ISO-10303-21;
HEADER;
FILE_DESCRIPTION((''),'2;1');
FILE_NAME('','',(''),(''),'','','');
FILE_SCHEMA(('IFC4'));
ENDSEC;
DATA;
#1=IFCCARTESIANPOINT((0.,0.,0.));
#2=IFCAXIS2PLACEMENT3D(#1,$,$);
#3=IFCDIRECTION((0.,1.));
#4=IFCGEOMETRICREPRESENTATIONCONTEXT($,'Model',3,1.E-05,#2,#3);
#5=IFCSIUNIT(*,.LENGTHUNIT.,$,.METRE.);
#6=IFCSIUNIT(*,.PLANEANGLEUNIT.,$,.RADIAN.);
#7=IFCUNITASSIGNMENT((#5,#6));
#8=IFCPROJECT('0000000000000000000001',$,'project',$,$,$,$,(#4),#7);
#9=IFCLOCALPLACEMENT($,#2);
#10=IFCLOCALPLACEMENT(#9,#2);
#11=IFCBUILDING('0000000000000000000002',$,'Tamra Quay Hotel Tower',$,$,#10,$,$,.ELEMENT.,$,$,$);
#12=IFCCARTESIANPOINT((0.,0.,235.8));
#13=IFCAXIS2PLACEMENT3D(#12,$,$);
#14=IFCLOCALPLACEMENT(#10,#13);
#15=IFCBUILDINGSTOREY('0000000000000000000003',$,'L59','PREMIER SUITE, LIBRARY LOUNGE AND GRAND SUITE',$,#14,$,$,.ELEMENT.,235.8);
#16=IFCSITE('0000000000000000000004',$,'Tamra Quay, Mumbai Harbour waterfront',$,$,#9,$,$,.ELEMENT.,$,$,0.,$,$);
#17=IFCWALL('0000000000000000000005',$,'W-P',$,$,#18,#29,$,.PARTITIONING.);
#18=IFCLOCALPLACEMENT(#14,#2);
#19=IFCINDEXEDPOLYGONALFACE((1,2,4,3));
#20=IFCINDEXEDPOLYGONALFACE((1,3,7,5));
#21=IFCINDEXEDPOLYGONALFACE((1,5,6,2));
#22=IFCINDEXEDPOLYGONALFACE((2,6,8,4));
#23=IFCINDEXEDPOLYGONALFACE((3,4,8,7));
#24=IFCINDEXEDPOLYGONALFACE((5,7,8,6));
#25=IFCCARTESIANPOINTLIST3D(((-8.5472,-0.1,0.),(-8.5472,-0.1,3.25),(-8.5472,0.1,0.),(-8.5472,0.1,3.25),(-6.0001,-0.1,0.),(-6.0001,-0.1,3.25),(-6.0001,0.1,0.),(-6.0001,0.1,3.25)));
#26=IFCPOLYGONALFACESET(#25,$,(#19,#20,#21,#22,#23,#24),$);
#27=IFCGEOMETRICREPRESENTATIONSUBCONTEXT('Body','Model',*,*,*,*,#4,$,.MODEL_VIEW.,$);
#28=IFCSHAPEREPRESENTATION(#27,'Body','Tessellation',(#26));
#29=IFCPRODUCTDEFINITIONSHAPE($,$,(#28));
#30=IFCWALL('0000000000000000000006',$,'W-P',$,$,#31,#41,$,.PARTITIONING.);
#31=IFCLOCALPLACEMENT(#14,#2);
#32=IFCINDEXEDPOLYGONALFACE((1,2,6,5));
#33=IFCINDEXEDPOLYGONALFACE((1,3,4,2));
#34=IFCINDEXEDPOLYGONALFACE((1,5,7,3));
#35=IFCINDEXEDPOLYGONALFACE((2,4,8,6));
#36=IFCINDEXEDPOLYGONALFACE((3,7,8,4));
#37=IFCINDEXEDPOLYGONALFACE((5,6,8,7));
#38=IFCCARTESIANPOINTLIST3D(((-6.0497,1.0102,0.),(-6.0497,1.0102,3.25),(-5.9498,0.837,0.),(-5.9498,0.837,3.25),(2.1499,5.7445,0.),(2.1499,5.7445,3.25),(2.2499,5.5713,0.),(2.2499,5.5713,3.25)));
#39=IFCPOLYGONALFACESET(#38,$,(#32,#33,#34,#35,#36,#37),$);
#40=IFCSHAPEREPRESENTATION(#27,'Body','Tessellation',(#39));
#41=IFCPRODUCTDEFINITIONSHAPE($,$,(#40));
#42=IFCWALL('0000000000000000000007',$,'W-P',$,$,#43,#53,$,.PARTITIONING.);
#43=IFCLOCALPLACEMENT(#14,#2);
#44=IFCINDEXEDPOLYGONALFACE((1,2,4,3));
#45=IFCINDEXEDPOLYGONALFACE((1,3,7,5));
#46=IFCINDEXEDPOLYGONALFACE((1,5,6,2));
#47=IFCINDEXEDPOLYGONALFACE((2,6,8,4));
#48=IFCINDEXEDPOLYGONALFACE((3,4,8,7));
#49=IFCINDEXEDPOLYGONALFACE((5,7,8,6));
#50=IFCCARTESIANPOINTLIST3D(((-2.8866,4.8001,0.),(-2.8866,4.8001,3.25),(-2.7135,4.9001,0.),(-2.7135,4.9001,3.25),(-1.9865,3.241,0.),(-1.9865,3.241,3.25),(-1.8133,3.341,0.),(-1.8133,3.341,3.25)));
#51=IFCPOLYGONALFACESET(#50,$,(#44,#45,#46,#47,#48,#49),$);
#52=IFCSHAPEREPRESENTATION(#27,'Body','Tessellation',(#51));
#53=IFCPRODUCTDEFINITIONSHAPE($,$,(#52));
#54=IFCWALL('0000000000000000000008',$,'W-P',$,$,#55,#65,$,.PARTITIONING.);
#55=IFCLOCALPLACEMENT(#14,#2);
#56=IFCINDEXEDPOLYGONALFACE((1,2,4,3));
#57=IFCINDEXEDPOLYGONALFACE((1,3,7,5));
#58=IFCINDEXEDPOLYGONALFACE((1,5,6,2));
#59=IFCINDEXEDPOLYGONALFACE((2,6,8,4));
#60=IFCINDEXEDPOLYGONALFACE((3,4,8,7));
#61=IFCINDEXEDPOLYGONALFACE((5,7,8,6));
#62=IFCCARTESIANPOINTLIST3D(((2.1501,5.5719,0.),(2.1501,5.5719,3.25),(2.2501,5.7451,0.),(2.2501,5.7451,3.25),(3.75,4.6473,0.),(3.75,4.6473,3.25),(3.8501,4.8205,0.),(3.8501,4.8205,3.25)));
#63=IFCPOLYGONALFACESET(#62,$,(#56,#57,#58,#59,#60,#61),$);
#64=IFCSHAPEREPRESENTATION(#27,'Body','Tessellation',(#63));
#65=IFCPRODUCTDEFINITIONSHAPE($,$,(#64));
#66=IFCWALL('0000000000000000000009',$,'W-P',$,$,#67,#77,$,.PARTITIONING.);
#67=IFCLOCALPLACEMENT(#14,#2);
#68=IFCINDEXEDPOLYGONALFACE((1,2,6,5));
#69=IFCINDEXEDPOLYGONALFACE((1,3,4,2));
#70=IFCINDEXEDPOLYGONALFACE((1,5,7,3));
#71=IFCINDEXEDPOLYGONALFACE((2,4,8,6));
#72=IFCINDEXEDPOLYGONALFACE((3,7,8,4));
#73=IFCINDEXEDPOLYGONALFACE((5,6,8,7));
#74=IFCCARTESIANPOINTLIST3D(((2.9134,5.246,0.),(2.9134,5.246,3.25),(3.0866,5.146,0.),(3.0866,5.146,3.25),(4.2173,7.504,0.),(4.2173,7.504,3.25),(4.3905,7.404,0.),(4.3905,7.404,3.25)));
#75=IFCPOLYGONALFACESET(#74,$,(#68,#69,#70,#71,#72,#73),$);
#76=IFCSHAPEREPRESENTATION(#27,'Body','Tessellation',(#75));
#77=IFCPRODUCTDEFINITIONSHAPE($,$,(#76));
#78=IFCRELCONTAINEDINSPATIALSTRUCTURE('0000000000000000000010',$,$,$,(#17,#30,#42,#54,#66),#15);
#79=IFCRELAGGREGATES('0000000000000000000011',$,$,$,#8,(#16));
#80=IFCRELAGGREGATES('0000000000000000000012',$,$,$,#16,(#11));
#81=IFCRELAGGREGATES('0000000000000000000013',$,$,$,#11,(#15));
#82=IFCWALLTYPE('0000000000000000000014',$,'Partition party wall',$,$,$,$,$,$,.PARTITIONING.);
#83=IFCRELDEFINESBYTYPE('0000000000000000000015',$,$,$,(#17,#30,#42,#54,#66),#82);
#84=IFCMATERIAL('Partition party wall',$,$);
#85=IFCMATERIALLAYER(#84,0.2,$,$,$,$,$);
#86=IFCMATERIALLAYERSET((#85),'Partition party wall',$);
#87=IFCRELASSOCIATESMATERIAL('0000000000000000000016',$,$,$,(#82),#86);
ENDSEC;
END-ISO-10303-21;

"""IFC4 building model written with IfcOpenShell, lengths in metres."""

from ifc_helpers import new_model, si_unit, direction, frame, frame_2d, origin, place, context, subcontext, project, spatial, rectangle, extrude, material, layer, layer_set, type_object, element, save


model = new_model("IFC4")

# Units and contexts
model_context = context("Model", 3, precision=1e-05, world=origin(), true_north=direction((0.0, 1.0)))
body_context = subcontext(model_context, "Body", "Model", "MODEL_VIEW")
ifc_project = project(units=[si_unit("LENGTHUNIT", "METRE"), si_unit("PLANEANGLEUNIT", "RADIAN")], contexts=[model_context])

# Site, building, storey
site_placement = place(None, origin())
site = spatial("IfcSite", under=ifc_project, at=site_placement, Name="Tamra Quay, Mumbai Harbour waterfront", CompositionType="ELEMENT", RefElevation=0.0)
building_placement = place(site_placement, origin())
building = spatial("IfcBuilding", under=site, at=building_placement, Name="Tamra Quay Hotel Tower", CompositionType="ELEMENT")
storey_placement = place(building_placement, frame((0.0, 0.0, 235.8)))
storey = spatial("IfcBuildingStorey", under=building, at=storey_placement, Name="L59", Description="PREMIER SUITE, LIBRARY LOUNGE AND GRAND SUITE", CompositionType="ELEMENT", Elevation=235.8)

# Walls
ifc_material_1 = material(Name="Partition party wall")
ifc_layer_1 = layer(ifc_material_1, 0.2)
ifc_layer_set_1 = layer_set([ifc_layer_1], Name="Partition party wall")
wall_type_1 = type_object("IfcWallType", Name="Partition party wall", PredefinedType="PARTITIONING", material=ifc_layer_set_1)
wall_1_placement = place(storey_placement, frame((-8.5471, 0.0, 0.0), z_axis=(0.0, 0.0, 1.0), x_axis=(1.0, 0.0, 0.0)))
element("IfcWall", 1, at=wall_1_placement, inside=storey, type_object=wall_type_1, Name="W-P", PredefinedType="PARTITIONING", context=body_context, shape_type="SweptSolid", body=[
    extrude(rectangle(XDim=2.5471, YDim=0.2, at=frame_2d((1.2734, 0.0))), origin(), (0.0, 0.0, 1.0), 3.25),
])
wall_2_placement = place(storey_placement, frame((-5.9998, 0.9236, 0.0), z_axis=(0.0, 0.0, 1.0), x_axis=(0.866013, 0.500022, 0.0)))
element("IfcWall", 2, at=wall_2_placement, inside=storey, type_object=wall_type_1, Name="W-P", PredefinedType="PARTITIONING", context=body_context, shape_type="SweptSolid", body=[
    extrude(rectangle(XDim=9.4683, YDim=0.2, at=frame_2d((4.7341, 0.0))), origin(), (0.0, 0.0, 1.0), 3.25),
])
wall_3_placement = place(storey_placement, frame((-2.8, 4.8501, 0.0), z_axis=(0.0, 0.0, 1.0), x_axis=(0.500004, -0.866023, 0.0)))
element("IfcWall", 3, at=wall_3_placement, inside=storey, type_object=wall_type_1, Name="W-P", PredefinedType="PARTITIONING", context=body_context, shape_type="SweptSolid", body=[
    extrude(rectangle(XDim=1.8003, YDim=0.2, at=frame_2d((0.9001, 0.0))), origin(), (0.0, 0.0, 1.0), 3.25),
])
wall_4_placement = place(storey_placement, frame((2.2002, 5.6584, 0.0), z_axis=(0.0, 0.0, 1.0), x_axis=(0.865818, -0.500359, 0.0)))
element("IfcWall", 4, at=wall_4_placement, inside=storey, type_object=wall_type_1, Name="W-P", PredefinedType="PARTITIONING", context=body_context, shape_type="SweptSolid", body=[
    extrude(rectangle(XDim=1.8479, YDim=0.2, at=frame_2d((0.9238, 0.0))), origin(), (0.0, 0.0, 1.0), 3.25),
])
wall_5_placement = place(storey_placement, frame((3.0, 5.196, 0.0), z_axis=(0.0, 0.0, 1.0), x_axis=(0.500076, 0.865981, 0.0)))
element("IfcWall", 5, at=wall_5_placement, inside=storey, type_object=wall_type_1, Name="W-P", PredefinedType="PARTITIONING", context=body_context, shape_type="SweptSolid", body=[
    extrude(rectangle(XDim=2.6074, YDim=0.2, at=frame_2d((1.3037, 0.0))), origin(), (0.0, 0.0, 1.0), 3.25),
])

save(model, "model.ifc")
